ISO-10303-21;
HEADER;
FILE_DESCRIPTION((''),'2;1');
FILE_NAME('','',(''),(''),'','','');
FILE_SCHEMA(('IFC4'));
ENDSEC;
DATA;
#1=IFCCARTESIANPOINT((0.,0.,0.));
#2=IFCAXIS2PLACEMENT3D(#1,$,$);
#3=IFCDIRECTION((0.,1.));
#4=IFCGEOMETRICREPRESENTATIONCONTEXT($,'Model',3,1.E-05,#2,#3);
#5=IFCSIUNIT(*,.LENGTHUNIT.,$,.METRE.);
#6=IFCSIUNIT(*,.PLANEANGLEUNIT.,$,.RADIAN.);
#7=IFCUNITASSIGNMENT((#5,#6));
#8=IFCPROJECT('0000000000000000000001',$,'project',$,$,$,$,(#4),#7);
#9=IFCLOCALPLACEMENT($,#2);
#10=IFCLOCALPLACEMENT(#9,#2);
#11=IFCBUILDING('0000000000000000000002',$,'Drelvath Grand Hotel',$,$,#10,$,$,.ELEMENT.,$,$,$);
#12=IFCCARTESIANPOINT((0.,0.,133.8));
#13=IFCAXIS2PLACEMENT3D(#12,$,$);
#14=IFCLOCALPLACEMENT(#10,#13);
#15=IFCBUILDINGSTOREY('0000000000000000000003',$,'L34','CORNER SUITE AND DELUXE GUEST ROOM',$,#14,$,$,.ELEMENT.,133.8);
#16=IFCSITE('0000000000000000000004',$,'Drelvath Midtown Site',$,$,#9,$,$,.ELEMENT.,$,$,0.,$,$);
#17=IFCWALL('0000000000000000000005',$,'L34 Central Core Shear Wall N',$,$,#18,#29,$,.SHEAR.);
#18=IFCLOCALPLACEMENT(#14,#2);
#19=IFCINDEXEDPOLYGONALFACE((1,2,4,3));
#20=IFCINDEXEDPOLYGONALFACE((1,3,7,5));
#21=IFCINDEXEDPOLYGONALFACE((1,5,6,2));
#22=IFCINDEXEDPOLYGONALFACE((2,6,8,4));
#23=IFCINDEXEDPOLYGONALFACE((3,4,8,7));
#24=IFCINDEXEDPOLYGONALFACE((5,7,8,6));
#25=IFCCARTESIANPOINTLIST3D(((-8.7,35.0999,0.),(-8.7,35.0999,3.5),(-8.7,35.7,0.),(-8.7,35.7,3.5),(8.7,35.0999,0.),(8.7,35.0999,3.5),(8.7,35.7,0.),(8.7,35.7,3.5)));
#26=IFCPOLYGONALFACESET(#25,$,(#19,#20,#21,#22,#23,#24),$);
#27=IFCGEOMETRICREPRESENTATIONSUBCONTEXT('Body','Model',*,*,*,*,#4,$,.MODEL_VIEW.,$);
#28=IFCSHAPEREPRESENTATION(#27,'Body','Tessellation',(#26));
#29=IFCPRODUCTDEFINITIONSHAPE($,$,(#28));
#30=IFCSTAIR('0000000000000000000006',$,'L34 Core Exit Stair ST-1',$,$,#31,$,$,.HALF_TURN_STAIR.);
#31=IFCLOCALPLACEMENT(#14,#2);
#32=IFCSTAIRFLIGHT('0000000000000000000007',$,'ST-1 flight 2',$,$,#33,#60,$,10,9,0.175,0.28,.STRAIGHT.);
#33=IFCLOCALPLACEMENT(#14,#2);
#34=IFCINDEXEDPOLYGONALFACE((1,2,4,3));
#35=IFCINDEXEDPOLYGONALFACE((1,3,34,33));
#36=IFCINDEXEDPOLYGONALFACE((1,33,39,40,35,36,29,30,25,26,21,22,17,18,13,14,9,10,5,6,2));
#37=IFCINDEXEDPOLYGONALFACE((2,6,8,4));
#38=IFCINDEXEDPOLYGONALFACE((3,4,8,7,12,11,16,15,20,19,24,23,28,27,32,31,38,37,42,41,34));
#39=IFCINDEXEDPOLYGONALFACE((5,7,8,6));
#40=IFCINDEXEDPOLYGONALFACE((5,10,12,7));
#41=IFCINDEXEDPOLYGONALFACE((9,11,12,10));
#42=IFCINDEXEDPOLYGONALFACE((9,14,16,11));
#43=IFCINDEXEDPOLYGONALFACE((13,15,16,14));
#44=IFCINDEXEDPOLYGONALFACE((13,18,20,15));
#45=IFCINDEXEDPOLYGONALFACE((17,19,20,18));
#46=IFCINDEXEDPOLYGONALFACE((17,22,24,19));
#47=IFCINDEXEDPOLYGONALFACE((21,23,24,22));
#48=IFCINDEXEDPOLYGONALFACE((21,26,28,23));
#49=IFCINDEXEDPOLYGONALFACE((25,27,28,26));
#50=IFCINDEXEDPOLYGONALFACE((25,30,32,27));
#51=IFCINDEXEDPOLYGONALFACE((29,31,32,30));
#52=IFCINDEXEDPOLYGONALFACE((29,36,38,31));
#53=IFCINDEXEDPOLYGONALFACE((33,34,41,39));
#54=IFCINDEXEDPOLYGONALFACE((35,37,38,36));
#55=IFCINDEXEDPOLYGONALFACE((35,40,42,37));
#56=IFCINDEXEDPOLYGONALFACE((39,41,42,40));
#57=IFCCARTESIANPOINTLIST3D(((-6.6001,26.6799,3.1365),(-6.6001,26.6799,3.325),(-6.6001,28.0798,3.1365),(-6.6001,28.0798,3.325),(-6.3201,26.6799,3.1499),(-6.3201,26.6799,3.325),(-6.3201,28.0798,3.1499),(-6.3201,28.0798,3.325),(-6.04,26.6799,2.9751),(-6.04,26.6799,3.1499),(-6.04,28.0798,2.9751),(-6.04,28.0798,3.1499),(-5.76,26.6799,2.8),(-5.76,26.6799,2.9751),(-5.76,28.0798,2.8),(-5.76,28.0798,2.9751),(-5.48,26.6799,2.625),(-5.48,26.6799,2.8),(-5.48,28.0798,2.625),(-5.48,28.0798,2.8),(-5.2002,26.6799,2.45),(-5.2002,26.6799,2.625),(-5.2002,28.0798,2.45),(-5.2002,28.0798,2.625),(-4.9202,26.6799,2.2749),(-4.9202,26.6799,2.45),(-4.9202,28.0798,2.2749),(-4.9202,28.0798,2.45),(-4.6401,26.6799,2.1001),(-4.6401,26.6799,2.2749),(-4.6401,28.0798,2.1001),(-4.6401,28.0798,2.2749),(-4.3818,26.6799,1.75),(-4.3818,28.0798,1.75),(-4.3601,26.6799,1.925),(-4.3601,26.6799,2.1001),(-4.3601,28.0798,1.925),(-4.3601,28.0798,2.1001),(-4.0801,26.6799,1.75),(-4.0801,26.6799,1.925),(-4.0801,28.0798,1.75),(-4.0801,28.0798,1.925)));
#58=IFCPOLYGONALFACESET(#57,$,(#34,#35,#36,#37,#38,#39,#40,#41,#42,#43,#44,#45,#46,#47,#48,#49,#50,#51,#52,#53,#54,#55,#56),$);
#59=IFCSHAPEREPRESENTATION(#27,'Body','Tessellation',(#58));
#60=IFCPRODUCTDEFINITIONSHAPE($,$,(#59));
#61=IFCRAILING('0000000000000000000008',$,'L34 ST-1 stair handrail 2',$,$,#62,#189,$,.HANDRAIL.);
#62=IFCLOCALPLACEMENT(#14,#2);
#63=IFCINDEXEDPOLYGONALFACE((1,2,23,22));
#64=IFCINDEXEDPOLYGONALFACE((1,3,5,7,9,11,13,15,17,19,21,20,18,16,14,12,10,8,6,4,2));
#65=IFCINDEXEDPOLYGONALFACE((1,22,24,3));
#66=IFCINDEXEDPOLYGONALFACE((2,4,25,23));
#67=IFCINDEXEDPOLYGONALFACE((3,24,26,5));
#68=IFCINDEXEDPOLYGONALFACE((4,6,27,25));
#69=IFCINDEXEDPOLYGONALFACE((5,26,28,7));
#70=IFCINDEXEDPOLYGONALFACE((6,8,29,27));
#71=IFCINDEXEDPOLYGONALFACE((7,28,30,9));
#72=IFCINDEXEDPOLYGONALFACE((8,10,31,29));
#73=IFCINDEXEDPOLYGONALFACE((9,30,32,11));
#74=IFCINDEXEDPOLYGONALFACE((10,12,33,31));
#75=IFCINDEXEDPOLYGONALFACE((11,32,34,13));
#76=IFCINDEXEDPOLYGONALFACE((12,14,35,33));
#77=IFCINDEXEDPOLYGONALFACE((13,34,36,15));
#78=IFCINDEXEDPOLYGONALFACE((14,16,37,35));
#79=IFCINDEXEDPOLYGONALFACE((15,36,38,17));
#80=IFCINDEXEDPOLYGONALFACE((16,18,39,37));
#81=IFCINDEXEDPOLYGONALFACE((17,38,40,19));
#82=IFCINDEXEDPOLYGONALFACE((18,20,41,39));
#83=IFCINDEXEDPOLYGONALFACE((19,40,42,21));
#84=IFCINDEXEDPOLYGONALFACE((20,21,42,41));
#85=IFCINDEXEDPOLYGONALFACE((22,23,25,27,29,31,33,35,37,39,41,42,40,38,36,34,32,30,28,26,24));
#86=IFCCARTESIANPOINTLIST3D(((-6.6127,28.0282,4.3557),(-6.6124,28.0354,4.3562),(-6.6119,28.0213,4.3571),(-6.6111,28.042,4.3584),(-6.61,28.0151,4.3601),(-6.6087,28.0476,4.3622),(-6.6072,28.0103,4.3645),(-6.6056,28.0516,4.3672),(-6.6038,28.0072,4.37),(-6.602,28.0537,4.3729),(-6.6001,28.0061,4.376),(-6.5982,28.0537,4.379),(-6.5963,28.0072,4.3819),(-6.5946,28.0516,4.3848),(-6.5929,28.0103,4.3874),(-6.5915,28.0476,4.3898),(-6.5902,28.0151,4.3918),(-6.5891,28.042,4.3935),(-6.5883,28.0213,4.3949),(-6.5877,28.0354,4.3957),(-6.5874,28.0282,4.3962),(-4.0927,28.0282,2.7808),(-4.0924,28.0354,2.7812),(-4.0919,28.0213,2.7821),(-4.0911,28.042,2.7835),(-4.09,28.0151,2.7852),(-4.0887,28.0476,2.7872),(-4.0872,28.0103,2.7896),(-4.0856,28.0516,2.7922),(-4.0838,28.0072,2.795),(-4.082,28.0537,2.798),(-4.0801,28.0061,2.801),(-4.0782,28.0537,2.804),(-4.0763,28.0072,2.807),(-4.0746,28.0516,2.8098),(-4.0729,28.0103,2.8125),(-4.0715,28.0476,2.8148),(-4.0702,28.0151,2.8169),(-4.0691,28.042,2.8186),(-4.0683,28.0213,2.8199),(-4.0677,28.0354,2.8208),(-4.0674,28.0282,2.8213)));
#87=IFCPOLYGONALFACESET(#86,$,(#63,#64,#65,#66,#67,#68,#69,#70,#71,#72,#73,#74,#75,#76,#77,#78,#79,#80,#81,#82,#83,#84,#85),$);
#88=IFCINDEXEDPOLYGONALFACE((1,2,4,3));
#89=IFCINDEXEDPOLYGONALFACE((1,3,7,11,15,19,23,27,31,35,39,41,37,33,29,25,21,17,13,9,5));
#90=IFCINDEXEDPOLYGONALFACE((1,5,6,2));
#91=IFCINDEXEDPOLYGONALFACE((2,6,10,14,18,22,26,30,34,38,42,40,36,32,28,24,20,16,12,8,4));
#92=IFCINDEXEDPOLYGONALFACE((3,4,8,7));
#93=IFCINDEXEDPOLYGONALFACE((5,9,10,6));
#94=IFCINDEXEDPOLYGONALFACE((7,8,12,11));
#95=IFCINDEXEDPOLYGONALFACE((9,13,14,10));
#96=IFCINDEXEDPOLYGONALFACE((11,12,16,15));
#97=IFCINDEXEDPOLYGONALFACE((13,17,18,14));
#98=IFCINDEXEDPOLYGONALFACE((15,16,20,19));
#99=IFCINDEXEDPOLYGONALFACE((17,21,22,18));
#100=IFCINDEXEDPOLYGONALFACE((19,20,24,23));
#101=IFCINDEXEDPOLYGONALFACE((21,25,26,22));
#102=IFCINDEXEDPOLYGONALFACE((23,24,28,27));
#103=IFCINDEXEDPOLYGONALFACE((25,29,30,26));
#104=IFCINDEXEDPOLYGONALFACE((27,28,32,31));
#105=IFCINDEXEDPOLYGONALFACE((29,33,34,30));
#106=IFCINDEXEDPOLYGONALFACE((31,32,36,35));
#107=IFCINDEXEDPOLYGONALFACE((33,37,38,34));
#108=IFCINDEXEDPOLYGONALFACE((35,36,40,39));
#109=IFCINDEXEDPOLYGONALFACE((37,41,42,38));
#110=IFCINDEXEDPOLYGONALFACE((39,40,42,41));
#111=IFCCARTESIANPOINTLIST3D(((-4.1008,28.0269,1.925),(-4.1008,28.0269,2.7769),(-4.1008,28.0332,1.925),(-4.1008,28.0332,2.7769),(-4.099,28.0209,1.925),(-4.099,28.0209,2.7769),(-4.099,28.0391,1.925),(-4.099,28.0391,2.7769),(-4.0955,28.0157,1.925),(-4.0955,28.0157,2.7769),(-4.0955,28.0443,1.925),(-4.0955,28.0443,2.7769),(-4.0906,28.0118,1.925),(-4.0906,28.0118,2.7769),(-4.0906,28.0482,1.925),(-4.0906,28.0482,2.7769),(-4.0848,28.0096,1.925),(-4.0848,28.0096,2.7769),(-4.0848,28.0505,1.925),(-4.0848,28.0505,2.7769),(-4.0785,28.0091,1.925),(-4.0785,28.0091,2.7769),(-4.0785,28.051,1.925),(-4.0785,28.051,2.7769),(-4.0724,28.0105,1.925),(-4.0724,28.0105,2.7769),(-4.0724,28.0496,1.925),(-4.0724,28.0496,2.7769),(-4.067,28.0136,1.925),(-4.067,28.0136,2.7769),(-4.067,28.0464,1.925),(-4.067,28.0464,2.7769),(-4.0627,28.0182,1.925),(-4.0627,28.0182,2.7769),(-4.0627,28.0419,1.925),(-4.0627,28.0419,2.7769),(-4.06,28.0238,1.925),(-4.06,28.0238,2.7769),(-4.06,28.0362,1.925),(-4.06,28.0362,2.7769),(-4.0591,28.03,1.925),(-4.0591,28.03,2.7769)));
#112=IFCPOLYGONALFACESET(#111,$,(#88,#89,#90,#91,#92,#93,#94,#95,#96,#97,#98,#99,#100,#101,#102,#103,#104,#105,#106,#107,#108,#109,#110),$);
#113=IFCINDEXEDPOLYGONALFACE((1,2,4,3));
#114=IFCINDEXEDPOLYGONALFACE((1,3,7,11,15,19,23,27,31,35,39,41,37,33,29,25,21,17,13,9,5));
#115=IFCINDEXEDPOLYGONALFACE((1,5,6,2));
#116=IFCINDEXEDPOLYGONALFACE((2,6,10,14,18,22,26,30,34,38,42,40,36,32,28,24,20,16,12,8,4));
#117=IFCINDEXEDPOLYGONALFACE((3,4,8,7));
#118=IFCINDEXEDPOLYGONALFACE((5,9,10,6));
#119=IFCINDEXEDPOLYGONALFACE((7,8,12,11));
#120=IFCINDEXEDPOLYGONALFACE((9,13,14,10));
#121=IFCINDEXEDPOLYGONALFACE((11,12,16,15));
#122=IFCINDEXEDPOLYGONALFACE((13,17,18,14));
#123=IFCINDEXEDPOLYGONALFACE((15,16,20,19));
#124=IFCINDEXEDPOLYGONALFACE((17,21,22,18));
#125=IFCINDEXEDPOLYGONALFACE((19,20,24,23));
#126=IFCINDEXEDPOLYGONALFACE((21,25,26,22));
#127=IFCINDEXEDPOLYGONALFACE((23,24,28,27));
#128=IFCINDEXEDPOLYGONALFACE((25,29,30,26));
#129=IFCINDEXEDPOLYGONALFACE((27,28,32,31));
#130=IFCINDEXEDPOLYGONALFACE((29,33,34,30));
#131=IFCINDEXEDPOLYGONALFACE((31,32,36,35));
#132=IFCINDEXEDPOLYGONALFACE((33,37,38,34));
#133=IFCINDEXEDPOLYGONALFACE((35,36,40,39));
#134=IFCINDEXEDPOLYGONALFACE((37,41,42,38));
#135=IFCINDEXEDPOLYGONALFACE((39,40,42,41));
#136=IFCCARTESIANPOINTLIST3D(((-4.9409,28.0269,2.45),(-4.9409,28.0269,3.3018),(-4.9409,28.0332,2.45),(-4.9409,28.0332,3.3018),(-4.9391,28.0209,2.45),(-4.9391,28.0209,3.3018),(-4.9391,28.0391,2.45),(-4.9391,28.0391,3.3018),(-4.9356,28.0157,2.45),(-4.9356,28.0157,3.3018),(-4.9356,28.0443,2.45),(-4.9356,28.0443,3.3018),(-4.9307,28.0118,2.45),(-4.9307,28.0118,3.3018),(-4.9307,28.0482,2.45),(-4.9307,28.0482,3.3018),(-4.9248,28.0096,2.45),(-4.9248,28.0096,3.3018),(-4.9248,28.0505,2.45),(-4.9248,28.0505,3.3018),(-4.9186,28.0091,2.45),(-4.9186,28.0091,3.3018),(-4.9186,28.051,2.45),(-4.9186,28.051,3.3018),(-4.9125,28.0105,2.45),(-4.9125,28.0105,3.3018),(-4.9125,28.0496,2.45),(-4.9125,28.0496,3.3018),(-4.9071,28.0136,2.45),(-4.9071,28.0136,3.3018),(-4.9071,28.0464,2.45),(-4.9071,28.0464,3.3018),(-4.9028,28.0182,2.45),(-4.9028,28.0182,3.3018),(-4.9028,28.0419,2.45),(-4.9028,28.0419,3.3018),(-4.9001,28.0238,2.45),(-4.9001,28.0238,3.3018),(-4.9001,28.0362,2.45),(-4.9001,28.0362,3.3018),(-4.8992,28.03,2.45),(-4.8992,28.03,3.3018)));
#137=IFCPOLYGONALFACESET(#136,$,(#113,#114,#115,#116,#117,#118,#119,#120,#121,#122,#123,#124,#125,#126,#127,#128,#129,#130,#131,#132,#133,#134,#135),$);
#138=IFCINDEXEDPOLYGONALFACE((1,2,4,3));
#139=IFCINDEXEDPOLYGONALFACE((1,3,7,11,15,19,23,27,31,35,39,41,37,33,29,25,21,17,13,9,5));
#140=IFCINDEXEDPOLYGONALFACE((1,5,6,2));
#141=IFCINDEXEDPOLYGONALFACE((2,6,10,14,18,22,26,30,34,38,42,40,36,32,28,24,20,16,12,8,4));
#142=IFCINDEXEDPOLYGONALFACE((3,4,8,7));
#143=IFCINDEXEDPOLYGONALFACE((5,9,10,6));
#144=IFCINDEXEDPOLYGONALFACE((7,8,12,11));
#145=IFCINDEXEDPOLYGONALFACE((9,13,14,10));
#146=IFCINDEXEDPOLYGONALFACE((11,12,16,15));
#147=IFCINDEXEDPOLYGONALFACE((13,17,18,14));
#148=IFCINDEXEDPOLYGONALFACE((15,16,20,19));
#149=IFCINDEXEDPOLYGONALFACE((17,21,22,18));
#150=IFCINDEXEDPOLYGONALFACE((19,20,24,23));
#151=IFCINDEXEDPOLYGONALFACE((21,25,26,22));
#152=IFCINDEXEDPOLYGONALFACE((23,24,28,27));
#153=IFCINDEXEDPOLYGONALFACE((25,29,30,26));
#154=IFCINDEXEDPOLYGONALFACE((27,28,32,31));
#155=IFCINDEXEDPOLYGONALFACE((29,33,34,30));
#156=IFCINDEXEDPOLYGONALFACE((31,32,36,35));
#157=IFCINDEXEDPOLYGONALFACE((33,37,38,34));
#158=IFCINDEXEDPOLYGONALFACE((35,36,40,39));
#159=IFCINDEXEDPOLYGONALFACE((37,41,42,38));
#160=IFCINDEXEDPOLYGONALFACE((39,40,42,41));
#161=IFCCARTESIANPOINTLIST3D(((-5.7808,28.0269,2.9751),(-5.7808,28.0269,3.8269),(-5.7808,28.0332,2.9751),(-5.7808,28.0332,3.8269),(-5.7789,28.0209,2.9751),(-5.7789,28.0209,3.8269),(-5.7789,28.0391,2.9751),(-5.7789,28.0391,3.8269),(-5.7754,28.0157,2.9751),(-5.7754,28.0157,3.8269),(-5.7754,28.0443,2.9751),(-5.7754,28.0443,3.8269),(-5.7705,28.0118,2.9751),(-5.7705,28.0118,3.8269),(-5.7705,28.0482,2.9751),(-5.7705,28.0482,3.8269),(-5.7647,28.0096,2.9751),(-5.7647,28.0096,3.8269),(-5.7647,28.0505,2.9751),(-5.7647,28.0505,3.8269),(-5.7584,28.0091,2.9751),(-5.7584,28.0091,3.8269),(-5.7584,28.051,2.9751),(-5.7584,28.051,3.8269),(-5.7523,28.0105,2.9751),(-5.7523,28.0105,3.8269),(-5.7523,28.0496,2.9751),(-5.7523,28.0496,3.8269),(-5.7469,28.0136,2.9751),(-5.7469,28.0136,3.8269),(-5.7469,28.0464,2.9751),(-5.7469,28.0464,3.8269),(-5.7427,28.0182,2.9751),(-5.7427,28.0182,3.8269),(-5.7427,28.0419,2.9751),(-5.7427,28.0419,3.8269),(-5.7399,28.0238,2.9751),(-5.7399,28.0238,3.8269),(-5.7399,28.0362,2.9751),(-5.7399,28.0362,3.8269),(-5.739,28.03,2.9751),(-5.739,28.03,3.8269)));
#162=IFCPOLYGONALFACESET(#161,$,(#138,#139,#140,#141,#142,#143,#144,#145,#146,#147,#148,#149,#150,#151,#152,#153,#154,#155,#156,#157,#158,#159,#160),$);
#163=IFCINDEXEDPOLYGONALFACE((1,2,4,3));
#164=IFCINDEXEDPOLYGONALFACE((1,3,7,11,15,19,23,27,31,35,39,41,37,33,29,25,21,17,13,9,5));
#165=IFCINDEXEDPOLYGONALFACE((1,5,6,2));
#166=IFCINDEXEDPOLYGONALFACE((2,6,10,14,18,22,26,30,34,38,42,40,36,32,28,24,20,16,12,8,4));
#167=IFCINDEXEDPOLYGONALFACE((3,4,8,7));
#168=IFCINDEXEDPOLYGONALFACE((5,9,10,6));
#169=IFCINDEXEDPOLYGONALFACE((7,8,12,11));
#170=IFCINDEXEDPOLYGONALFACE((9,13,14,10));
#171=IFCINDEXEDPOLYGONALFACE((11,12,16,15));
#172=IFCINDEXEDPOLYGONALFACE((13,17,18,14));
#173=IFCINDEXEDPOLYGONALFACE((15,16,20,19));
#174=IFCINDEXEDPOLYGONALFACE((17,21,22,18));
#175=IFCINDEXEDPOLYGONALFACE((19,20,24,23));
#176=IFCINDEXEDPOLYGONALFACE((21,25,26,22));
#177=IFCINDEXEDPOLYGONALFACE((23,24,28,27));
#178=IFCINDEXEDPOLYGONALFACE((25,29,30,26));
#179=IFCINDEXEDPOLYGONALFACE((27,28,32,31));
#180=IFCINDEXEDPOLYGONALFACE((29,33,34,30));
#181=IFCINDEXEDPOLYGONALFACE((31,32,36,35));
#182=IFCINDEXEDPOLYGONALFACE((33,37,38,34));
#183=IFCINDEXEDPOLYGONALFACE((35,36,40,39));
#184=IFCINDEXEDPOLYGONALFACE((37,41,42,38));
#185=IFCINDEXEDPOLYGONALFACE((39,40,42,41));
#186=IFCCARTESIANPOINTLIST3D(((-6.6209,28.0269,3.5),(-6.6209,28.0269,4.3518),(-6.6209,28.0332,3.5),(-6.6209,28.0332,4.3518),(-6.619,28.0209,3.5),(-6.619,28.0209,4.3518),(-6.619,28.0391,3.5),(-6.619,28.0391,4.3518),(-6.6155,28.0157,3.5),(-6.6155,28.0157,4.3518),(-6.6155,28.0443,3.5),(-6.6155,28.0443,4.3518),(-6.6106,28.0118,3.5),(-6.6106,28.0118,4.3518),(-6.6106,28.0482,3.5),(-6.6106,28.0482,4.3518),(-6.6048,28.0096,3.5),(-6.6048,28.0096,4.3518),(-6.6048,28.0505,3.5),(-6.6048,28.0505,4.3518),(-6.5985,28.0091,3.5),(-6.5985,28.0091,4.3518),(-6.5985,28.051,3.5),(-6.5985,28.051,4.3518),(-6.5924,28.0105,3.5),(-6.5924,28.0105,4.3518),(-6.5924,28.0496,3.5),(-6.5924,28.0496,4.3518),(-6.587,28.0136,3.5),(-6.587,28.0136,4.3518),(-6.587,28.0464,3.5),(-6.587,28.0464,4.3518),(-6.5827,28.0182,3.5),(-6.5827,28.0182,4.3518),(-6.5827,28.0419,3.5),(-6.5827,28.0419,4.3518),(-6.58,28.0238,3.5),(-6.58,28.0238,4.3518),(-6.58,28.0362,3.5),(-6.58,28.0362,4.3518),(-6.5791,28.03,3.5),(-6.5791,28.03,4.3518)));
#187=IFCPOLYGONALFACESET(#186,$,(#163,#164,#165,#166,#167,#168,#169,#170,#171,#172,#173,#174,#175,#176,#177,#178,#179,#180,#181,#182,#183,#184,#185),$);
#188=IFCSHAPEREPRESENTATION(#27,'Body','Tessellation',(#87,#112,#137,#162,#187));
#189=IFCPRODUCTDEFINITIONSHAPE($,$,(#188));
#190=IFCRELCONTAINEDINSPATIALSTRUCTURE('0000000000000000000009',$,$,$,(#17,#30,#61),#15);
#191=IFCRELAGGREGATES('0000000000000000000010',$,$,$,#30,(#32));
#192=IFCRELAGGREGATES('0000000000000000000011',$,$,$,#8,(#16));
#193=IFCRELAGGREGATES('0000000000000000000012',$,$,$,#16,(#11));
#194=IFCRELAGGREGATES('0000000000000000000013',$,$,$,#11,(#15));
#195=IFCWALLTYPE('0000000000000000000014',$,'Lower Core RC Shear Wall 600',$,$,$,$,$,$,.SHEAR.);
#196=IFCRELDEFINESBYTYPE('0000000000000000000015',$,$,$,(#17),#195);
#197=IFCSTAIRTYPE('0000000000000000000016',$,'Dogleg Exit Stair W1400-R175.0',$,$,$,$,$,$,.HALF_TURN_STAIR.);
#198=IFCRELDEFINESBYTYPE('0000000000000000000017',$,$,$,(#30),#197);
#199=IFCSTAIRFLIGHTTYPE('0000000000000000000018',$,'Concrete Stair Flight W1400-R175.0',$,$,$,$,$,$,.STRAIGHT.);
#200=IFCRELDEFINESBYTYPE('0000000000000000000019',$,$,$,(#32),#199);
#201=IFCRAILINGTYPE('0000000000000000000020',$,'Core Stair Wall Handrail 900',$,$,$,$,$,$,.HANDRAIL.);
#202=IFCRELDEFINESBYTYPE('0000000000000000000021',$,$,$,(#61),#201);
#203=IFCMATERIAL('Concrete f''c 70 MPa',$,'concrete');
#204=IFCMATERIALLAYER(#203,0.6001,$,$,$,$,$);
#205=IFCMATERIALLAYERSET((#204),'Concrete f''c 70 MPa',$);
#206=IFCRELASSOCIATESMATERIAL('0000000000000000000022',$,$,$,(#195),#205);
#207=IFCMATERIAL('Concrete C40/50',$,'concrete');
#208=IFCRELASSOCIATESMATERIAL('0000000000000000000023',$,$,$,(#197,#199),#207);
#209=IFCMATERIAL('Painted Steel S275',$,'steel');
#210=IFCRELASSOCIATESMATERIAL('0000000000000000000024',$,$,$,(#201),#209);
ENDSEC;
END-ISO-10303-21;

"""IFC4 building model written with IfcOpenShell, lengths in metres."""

from ifc_helpers import new_model, si_unit, direction, frame, frame_2d, origin, origin_2d, place, context, subcontext, project, spatial, polyline, rectangle, circle, outline, extrude, material, layer, layer_set, type_object, element, aggregate, save


model = new_model("IFC4")

# Units and contexts
model_context = context("Model", 3, precision=1e-05, world=origin(), true_north=direction((0.0, 1.0)))
body_context = subcontext(model_context, "Body", "Model", "MODEL_VIEW")
ifc_project = project(units=[si_unit("LENGTHUNIT", "METRE"), si_unit("PLANEANGLEUNIT", "RADIAN")], contexts=[model_context])

# Site, building, storey
site_placement = place(None, origin())
site = spatial("IfcSite", under=ifc_project, at=site_placement, Name="Drelvath Midtown Site", CompositionType="ELEMENT", RefElevation=0.0)
building_placement = place(site_placement, origin())
building = spatial("IfcBuilding", under=site, at=building_placement, Name="Drelvath Grand Hotel", CompositionType="ELEMENT")
storey_placement = place(building_placement, frame((0.0, 0.0, 133.8)))
storey = spatial("IfcBuildingStorey", under=building, at=storey_placement, Name="L34", Description="CORNER SUITE AND DELUXE GUEST ROOM", CompositionType="ELEMENT", Elevation=133.8)

# Shared definitions
ifc_material_1 = material(Name="Concrete f'c 70 MPa", Category="concrete")

# Shared definitions
ifc_material_2 = material(Name="Painted Steel S275", Category="steel")

# Wall
ifc_material_3 = material(Name="Concrete C40/50", Category="concrete")
ifc_layer_1 = layer(ifc_material_1, 0.6001)
ifc_layer_set_1 = layer_set([ifc_layer_1], Name="Concrete f'c 70 MPa")
wall_type_1 = type_object("IfcWallType", Name="Lower Core RC Shear Wall 600", PredefinedType="SHEAR", material=ifc_layer_set_1)
wall_1_placement = place(storey_placement, frame((-8.7, 35.3999, 0.0), z_axis=(0.0, 0.0, 1.0), x_axis=(1.0, 0.0, 0.0)))
element("IfcWall", 1, at=wall_1_placement, inside=storey, type_object=wall_type_1, Name="L34 Central Core Shear Wall N", PredefinedType="SHEAR", context=body_context, shape_type="SweptSolid", body=[
    extrude(rectangle(XDim=17.3999, YDim=0.6001, at=frame_2d((8.7, 0.0))), origin(), (0.0, 0.0, 1.0), 3.5),
])

# Stair, stair flight
stair_type = type_object("IfcStairType", Name="Dogleg Exit Stair W1400-R175.0", PredefinedType="HALF_TURN_STAIR", material=ifc_material_3)
stair_placement = place(storey_placement, origin())
stair = element("IfcStair", 2, at=stair_placement, inside=storey, type_object=stair_type, Name="L34 Core Exit Stair ST-1", PredefinedType="HALF_TURN_STAIR")
stair_flight_type = type_object("IfcStairFlightType", Name="Concrete Stair Flight W1400-R175.0", PredefinedType="STRAIGHT", material=ifc_material_3)
stair_flight_placement = place(storey_placement, frame((-4.0801, 27.3799, 1.75), z_axis=(0.0, 0.0, 1.0), x_axis=(-1.0, 0.0, 0.0)))
stair_flight = element("IfcStairFlight", 3, at=stair_flight_placement, type_object=stair_flight_type, Name="ST-1 flight 2", NumberOfRisers=10, NumberOfTreads=9, PredefinedType="STRAIGHT", RiserHeight=0.175, TreadLength=0.28, context=body_context, shape_type="SweptSolid", body=[
    extrude(outline(polyline([(0.0, 0.0), (0.0, 0.175), (0.28, 0.175), (0.28, 0.3501), (0.5601, 0.3501), (0.5601, 0.5249), (0.8401, 0.5249), (0.8401, 0.7), (1.1201, 0.7), (1.1201, 0.875), (1.3999, 0.875), (1.3999, 1.05), (1.6799, 1.05), (1.6799, 1.2251), (1.96, 1.2251), (1.96, 1.3999), (2.24, 1.3999), (2.24, 1.575), (2.52, 1.575), (2.52, 1.75), (2.52, 1.3865), (0.3018, 0.0), (0.0, 0.0)])), frame((0.0, 0.7, 0.0), z_axis=(0.0, -1.0, 0.0), x_axis=(1.0, 0.0, 0.0)), (0.0, 0.0, 1.0), 1.3999),
])
aggregate(stair, [stair_flight])

# Railing
railing_type = type_object("IfcRailingType", Name="Core Stair Wall Handrail 900", PredefinedType="HANDRAIL", material=ifc_material_2)
railing_placement = place(storey_placement, frame((-4.0801, 28.03, 1.925)))
element("IfcRailing", 4, at=railing_placement, inside=storey, type_object=railing_type, Name="L34 ST-1 stair handrail 2", PredefinedType="HANDRAIL", context=body_context, shape_type="SweptSolid", body=[
    extrude(circle(Radius=0.0239, at=origin_2d()), frame((0.0, 0.0, 0.876), z_axis=(-0.848008, 0.0, 0.529984), x_axis=(0.0, -1.0, 0.0)), (0.0, 0.0, 1.0), 2.9717),
    extrude(circle(Radius=0.021, at=origin_2d()), origin(), (0.0, 0.0, 1.0), 0.8518),
    extrude(circle(Radius=0.021, at=origin_2d()), frame((-0.8401, 0.0, 0.5249)), (0.0, 0.0, 1.0), 0.8518),
    extrude(circle(Radius=0.021, at=origin_2d()), frame((-1.6799, 0.0, 1.05)), (0.0, 0.0, 1.0), 0.8518),
    extrude(circle(Radius=0.021, at=origin_2d()), frame((-2.52, 0.0, 1.575)), (0.0, 0.0, 1.0), 0.8518),
])

save(model, "model.ifc")
